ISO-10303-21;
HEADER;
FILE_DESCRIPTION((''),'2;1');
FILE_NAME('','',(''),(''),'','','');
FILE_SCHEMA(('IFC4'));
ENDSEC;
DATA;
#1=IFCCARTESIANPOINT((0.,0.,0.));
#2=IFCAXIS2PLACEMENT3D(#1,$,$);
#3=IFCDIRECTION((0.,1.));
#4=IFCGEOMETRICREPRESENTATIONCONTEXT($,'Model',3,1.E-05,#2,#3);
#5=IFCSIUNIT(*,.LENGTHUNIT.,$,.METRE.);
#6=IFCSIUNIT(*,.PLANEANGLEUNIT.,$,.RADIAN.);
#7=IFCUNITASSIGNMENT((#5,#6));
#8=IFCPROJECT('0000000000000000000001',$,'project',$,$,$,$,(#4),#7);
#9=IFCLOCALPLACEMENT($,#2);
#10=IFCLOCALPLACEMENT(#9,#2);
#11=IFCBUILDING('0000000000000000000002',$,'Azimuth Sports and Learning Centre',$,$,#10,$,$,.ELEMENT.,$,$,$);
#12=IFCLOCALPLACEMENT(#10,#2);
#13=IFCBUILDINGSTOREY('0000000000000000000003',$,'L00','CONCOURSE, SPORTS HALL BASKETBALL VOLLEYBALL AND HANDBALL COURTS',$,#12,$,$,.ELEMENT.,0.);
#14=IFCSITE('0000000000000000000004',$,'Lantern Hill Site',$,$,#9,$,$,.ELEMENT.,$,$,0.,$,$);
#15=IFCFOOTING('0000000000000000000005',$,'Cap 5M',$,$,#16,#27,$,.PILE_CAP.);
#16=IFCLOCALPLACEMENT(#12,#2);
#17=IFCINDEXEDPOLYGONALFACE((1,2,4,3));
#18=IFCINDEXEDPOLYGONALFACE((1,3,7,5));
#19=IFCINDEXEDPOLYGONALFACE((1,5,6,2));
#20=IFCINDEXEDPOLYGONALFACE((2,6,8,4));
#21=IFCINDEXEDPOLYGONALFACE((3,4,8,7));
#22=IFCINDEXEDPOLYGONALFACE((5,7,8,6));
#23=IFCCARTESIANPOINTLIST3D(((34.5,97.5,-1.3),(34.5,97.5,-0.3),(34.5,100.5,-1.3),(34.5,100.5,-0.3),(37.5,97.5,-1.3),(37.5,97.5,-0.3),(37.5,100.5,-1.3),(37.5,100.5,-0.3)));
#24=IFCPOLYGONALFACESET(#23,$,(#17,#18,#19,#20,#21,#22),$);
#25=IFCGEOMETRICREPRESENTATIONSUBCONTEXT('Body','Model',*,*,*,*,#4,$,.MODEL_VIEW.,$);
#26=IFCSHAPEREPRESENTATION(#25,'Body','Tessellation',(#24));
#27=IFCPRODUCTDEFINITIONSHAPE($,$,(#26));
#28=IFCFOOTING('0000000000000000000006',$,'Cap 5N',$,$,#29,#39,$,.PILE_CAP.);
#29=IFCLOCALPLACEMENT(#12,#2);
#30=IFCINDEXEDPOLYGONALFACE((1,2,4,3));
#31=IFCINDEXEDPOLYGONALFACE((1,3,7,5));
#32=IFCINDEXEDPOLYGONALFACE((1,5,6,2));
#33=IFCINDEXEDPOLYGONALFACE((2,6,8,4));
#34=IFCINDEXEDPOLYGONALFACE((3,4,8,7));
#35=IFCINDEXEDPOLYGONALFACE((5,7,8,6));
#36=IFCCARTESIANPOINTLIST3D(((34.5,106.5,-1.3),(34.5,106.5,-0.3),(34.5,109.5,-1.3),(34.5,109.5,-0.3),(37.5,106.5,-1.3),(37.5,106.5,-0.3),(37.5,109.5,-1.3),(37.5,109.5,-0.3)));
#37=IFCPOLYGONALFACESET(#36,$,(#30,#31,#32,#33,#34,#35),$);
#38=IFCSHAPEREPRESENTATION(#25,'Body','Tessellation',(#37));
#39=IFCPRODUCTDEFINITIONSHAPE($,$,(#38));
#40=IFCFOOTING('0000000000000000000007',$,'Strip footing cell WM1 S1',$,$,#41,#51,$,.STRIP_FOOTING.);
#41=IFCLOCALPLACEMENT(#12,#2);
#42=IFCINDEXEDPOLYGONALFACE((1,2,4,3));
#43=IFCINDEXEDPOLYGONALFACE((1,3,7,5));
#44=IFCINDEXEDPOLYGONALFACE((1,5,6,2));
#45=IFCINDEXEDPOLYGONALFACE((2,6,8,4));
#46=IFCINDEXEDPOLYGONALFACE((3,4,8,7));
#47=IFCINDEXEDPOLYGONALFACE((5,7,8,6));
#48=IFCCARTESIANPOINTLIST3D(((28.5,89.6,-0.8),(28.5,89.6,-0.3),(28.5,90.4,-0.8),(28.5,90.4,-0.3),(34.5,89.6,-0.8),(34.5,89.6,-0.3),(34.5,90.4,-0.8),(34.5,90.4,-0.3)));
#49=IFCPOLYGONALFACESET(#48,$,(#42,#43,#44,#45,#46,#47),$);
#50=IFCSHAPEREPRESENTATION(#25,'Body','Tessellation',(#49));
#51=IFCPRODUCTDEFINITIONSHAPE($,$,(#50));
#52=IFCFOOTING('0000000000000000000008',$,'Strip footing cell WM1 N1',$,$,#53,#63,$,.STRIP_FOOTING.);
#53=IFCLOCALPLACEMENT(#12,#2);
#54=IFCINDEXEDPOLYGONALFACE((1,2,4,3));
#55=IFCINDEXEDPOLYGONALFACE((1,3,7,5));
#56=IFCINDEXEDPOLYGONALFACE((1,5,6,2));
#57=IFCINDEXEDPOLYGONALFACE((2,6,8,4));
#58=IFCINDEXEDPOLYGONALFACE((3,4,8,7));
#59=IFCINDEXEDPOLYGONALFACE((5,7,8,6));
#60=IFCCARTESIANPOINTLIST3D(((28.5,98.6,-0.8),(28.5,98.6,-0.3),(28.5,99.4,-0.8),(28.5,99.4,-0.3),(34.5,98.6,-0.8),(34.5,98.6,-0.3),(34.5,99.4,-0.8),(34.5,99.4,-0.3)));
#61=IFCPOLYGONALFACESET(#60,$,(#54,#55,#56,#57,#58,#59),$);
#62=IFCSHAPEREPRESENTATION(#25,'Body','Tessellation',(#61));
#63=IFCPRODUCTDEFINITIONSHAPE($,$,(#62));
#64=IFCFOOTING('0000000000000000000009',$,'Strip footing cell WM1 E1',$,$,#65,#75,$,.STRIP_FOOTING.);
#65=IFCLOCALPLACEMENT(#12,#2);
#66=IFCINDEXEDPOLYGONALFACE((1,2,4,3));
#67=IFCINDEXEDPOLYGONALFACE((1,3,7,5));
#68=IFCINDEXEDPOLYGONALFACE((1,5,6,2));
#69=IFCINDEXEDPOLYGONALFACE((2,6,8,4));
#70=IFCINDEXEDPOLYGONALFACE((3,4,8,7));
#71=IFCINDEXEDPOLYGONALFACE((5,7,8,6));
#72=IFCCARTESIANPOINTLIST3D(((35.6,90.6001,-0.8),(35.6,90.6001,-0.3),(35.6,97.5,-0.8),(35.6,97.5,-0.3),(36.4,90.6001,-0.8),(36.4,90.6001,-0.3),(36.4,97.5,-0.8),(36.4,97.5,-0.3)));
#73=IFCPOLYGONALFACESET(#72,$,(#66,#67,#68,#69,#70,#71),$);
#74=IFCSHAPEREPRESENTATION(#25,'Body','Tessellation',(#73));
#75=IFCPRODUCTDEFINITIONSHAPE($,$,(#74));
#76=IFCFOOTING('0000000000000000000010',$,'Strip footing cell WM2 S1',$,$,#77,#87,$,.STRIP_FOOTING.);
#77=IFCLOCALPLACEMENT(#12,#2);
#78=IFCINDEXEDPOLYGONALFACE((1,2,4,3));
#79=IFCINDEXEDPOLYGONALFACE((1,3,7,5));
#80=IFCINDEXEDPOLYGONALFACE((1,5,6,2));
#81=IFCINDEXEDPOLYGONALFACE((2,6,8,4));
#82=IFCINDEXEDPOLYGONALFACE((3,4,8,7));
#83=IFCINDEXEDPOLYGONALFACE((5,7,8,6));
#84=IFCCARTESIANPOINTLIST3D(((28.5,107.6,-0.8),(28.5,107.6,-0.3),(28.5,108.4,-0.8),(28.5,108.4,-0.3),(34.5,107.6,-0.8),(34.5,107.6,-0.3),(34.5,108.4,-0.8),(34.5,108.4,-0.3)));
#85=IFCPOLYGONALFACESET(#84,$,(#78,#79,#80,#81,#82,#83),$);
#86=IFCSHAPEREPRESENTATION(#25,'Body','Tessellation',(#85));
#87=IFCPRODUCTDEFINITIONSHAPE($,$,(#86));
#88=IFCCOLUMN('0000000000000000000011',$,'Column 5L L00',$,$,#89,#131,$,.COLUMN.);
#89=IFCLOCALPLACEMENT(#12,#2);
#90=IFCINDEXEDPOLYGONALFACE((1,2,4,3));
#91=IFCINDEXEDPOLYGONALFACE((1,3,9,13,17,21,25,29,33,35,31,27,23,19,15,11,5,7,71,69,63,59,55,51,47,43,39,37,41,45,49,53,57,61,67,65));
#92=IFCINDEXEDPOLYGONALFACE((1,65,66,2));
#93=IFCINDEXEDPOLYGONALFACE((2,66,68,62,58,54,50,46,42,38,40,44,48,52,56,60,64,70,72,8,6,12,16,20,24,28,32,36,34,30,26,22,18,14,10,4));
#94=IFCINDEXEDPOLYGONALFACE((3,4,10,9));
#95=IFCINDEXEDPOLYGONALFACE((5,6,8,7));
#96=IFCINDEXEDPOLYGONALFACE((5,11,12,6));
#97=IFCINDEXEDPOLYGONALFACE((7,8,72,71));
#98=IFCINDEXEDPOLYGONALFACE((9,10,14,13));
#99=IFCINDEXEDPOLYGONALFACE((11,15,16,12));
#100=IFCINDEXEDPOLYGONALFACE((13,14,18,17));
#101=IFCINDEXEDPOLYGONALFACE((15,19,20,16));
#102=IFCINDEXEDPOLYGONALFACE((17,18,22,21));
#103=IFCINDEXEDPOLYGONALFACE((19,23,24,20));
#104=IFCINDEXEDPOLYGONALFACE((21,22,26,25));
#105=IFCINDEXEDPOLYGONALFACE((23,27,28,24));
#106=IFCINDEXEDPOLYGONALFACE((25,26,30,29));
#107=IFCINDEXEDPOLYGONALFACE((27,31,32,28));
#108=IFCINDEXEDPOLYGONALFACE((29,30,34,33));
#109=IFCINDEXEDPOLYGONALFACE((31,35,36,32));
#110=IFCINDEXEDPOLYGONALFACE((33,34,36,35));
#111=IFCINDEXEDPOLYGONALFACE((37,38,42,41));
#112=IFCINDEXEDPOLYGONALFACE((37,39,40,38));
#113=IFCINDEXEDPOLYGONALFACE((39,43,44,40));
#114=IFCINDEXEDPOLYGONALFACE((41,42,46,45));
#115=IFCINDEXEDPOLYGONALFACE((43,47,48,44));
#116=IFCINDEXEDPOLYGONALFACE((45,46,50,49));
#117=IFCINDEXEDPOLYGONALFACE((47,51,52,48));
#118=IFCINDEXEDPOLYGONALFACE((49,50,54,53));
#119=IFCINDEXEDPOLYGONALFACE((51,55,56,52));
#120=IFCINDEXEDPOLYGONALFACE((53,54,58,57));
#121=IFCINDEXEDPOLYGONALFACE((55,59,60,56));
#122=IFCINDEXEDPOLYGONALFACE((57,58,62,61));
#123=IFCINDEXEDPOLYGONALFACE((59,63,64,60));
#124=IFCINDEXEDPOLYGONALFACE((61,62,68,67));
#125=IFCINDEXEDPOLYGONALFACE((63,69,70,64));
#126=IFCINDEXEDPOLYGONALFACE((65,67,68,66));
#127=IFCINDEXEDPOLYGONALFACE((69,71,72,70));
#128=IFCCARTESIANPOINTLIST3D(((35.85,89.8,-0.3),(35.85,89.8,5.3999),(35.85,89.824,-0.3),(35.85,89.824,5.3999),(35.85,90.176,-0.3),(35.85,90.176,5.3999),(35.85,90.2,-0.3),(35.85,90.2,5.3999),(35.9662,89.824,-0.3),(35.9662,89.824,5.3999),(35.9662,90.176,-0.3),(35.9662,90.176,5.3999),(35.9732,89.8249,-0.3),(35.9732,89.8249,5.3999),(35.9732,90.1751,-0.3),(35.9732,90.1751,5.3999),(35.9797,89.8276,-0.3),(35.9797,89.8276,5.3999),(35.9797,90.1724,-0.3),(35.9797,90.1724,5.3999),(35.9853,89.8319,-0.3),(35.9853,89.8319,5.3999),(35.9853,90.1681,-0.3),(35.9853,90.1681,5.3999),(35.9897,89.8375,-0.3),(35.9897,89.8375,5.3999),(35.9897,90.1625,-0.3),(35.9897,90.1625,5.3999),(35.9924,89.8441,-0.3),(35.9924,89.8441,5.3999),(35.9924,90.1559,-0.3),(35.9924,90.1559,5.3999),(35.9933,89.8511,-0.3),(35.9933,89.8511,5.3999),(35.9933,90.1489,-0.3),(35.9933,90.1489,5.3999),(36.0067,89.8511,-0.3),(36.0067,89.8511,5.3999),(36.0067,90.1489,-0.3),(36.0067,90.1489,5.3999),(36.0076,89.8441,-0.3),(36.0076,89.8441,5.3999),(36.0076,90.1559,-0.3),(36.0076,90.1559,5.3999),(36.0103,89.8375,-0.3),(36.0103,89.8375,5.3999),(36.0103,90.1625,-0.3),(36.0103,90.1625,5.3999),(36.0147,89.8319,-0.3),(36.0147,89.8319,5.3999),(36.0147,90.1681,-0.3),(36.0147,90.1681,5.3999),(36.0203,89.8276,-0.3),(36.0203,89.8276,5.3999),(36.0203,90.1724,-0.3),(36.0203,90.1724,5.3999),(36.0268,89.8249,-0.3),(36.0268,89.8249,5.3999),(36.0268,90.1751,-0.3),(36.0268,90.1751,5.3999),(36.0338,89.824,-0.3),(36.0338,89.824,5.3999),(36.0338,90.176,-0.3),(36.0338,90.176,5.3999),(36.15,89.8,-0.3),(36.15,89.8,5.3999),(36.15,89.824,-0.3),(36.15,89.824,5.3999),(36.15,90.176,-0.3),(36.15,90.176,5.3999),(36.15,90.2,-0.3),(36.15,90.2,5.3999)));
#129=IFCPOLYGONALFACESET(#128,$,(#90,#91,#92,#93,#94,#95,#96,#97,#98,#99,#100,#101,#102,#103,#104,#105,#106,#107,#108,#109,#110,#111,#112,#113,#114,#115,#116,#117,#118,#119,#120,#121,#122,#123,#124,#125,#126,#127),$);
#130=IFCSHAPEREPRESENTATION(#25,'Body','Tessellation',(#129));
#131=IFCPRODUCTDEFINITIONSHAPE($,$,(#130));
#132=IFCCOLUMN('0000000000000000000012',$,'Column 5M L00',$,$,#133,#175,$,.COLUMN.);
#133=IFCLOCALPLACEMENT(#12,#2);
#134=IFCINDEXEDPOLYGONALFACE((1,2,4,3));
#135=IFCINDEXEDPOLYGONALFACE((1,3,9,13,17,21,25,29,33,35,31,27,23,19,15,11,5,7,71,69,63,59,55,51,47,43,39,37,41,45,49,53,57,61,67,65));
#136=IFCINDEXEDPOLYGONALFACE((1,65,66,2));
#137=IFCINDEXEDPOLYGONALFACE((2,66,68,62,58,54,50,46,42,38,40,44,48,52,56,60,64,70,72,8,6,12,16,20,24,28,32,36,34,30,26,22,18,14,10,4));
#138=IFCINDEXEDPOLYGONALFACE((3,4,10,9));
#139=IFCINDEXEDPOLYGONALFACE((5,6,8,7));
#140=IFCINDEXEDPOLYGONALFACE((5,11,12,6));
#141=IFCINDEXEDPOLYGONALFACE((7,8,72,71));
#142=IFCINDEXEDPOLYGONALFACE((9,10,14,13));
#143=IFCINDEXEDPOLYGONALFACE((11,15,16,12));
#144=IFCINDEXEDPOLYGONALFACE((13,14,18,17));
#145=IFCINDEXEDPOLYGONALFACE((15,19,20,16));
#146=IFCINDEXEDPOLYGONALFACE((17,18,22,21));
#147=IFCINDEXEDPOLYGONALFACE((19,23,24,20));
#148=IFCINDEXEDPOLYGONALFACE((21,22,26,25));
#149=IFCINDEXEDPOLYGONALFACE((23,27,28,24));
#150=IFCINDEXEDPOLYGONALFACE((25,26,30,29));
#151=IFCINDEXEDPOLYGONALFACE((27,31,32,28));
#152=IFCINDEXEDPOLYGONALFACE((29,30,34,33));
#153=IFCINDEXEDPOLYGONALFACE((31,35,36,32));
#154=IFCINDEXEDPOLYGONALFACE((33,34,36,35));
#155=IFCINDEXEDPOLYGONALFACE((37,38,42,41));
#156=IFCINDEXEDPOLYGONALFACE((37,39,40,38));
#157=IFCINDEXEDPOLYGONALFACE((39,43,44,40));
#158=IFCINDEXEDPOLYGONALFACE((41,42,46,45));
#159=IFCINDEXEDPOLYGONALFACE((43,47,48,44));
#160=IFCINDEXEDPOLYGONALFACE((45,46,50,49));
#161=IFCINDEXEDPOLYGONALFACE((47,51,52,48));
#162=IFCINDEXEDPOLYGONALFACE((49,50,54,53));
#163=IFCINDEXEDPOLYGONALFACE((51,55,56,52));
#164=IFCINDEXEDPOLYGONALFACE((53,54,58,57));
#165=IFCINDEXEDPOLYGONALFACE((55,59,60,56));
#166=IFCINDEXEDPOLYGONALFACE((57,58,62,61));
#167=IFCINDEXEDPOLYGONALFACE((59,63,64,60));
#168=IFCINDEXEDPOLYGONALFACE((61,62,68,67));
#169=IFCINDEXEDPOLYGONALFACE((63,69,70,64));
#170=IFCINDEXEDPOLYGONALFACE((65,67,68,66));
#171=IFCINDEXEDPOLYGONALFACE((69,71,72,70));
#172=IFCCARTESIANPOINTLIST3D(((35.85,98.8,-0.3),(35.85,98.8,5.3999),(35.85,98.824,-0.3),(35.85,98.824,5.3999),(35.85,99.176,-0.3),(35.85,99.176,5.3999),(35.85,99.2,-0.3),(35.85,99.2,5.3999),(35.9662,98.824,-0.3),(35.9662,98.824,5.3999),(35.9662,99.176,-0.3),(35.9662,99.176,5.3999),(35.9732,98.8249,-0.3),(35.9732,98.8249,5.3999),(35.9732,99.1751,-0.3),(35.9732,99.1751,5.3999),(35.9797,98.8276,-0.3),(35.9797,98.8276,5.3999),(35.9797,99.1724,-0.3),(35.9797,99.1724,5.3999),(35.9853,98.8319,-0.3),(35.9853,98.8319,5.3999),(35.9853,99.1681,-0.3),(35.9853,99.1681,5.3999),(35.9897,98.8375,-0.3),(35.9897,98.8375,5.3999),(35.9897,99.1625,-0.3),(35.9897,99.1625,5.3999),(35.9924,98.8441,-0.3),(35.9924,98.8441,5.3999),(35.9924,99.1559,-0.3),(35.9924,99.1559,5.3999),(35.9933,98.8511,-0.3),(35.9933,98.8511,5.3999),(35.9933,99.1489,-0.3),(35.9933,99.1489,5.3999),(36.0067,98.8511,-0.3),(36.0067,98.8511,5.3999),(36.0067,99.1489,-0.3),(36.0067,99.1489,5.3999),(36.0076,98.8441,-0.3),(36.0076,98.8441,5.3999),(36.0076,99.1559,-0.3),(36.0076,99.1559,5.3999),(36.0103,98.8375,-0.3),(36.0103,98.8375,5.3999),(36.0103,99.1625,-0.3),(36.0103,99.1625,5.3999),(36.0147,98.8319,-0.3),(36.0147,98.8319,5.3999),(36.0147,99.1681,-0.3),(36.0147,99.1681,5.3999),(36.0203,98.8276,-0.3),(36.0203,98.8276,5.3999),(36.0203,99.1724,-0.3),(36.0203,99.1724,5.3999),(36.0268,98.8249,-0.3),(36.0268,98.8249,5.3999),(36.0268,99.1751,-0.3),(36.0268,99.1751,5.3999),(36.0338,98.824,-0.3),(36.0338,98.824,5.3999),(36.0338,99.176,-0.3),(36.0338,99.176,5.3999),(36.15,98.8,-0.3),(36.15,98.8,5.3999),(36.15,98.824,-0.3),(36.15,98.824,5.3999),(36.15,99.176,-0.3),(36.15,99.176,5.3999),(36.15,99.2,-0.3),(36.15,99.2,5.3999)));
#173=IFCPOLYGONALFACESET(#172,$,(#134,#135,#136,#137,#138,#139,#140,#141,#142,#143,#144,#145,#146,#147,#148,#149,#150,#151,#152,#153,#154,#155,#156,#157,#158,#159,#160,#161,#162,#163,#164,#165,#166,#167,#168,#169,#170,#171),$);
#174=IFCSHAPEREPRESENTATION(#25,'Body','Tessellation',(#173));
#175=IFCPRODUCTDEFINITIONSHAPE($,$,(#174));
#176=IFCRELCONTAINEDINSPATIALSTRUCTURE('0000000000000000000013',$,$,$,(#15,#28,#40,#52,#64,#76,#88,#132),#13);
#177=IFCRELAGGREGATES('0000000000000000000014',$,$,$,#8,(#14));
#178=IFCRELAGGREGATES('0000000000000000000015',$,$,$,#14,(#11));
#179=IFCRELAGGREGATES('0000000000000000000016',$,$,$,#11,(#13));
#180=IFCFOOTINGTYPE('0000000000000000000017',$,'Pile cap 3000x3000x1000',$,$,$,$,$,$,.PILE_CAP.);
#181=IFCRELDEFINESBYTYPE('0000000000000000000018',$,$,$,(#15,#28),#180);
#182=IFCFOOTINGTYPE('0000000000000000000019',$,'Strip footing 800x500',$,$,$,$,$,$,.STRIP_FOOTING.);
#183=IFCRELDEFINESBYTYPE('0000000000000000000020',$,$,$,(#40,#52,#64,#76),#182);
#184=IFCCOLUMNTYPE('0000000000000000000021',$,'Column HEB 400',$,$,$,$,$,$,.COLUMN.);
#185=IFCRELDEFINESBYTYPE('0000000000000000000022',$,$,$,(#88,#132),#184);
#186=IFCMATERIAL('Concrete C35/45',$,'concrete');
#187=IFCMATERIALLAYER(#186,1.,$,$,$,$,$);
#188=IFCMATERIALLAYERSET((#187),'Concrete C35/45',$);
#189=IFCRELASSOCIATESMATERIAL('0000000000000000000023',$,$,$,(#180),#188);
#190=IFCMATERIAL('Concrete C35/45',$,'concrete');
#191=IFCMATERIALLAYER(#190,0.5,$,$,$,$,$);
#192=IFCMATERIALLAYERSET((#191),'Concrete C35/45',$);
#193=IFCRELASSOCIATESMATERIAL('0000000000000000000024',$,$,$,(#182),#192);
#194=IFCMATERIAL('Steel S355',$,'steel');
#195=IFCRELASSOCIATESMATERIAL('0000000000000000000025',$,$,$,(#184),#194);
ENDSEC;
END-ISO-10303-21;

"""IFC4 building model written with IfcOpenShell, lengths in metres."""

from ifc_helpers import new_model, si_unit, direction, frame, origin, origin_2d, place, context, subcontext, project, spatial, rectangle, i_section, extrude, material, layer, layer_set, material_profile, profile_set, type_object, element, save


model = new_model("IFC4")

# Units and contexts
model_context = context("Model", 3, precision=1e-05, world=origin(), true_north=direction((0.0, 1.0)))
body_context = subcontext(model_context, "Body", "Model", "MODEL_VIEW")
ifc_project = project(units=[si_unit("LENGTHUNIT", "METRE"), si_unit("PLANEANGLEUNIT", "RADIAN")], contexts=[model_context])

# Site, building, storey
site_placement = place(None, origin())
site = spatial("IfcSite", under=ifc_project, at=site_placement, Name="Lantern Hill Site", CompositionType="ELEMENT", RefElevation=0.0)
building_placement = place(site_placement, origin())
building = spatial("IfcBuilding", under=site, at=building_placement, Name="Azimuth Sports and Learning Centre", CompositionType="ELEMENT")
storey_placement = place(building_placement, origin())
storey = spatial("IfcBuildingStorey", under=building, at=storey_placement, Name="L00", Description="CONCOURSE, SPORTS HALL BASKETBALL VOLLEYBALL AND HANDBALL COURTS", CompositionType="ELEMENT", Elevation=0.0)

# Footings
ifc_material_1 = material(Name="Concrete C35/45", Category="concrete")
ifc_layer_1 = layer(ifc_material_1, 1.0)
ifc_layer_set_1 = layer_set([ifc_layer_1], Name="Concrete C35/45")
footing_type_1 = type_object("IfcFootingType", Name="Pile cap 3000x3000x1000", PredefinedType="PILE_CAP", material=ifc_layer_set_1)
for number, where, z_axis, x_axis, name in (
    (1, (36.0, 99.0, -1.3), (0.0, 0.0, 1.0), (1.0, 0.0, 0.0), "Cap 5M"),
    (2, (36.0, 108.0, -1.3), (0.0, 0.0, 1.0), (1.0, 0.0, 0.0), "Cap 5N"),
):
    element("IfcFooting", number, at=place(storey_placement, frame(where, z_axis=z_axis, x_axis=x_axis)), inside=storey, type_object=footing_type_1, Name=name, PredefinedType="PILE_CAP", context=body_context, shape_type="SweptSolid", body=[
        extrude(rectangle(XDim=3.0, YDim=3.0, at=origin_2d()), origin(), (0.0, 0.0, 1.0), 1.0),
    ])
ifc_material_2 = material(Name="Concrete C35/45", Category="concrete")
ifc_layer_2 = layer(ifc_material_2, 0.5)
ifc_layer_set_2 = layer_set([ifc_layer_2], Name="Concrete C35/45")
footing_type_2 = type_object("IfcFootingType", Name="Strip footing 800x500", PredefinedType="STRIP_FOOTING", material=ifc_layer_set_2)
for number, where, z_axis, x_axis, name in (
    (3, (31.5, 90.0, -0.8), (0.0, 0.0, 1.0), (1.0, 0.0, 0.0), "Strip footing cell WM1 S1"),
    (4, (31.5, 99.0, -0.8), (0.0, 0.0, 1.0), (1.0, 0.0, 0.0), "Strip footing cell WM1 N1"),
):
    element("IfcFooting", number, at=place(storey_placement, frame(where, z_axis=z_axis, x_axis=x_axis)), inside=storey, type_object=footing_type_2, Name=name, PredefinedType="STRIP_FOOTING", context=body_context, shape_type="SweptSolid", body=[
        extrude(rectangle(XDim=6.0, YDim=0.8, at=origin_2d()), origin(), (0.0, 0.0, 1.0), 0.5),
    ])
footing_1_placement = place(storey_placement, frame((36.0, 94.05, -0.8), z_axis=(0.0, 0.0, 1.0), x_axis=(1.0, 0.0, 0.0)))
element("IfcFooting", 5, at=footing_1_placement, inside=storey, type_object=footing_type_2, Name="Strip footing cell WM1 E1", PredefinedType="STRIP_FOOTING", context=body_context, shape_type="SweptSolid", body=[
    extrude(rectangle(XDim=0.8, YDim=6.8999, at=origin_2d()), origin(), (0.0, 0.0, 1.0), 0.5),
])
footing_2_placement = place(storey_placement, frame((31.5, 108.0, -0.8), z_axis=(0.0, 0.0, 1.0), x_axis=(1.0, 0.0, 0.0)))
element("IfcFooting", 6, at=footing_2_placement, inside=storey, type_object=footing_type_2, Name="Strip footing cell WM2 S1", PredefinedType="STRIP_FOOTING", context=body_context, shape_type="SweptSolid", body=[
    extrude(rectangle(XDim=6.0, YDim=0.8, at=origin_2d()), origin(), (0.0, 0.0, 1.0), 0.5),
])

# Columns
ifc_material_3 = material(Name="Steel S355", Category="steel")
ifc_material_profile_1 = material_profile(ifc_material_3, i_section(OverallWidth=0.3, OverallDepth=0.3999, WebThickness=0.0134, FlangeThickness=0.0239, FilletRadius=0.0271, at=origin_2d()), Name="HEB 400")
ifc_profile_set_1 = profile_set([ifc_material_profile_1], Name="Steel S355")
column_type = type_object("IfcColumnType", Name="Column HEB 400", PredefinedType="COLUMN", material=ifc_profile_set_1)
for number, where, z_axis, x_axis, name in (
    (7, (36.0, 90.0, -0.3), (0.0, 0.0, 1.0), (1.0, 0.0, 0.0), "Column 5L L00"),
    (8, (36.0, 99.0, -0.3), (0.0, 0.0, 1.0), (1.0, 0.0, 0.0), "Column 5M L00"),
):
    element("IfcColumn", number, at=place(storey_placement, frame(where, z_axis=z_axis, x_axis=x_axis)), inside=storey, type_object=column_type, Name=name, PredefinedType="COLUMN", context=body_context, shape_type="SweptSolid", body=[
        extrude(i_section(OverallWidth=0.3, OverallDepth=0.3999, WebThickness=0.0134, FlangeThickness=0.0239, FilletRadius=0.0271, at=origin_2d()), origin(), (0.0, 0.0, 1.0), 5.7),
    ])

save(model, "model.ifc")
